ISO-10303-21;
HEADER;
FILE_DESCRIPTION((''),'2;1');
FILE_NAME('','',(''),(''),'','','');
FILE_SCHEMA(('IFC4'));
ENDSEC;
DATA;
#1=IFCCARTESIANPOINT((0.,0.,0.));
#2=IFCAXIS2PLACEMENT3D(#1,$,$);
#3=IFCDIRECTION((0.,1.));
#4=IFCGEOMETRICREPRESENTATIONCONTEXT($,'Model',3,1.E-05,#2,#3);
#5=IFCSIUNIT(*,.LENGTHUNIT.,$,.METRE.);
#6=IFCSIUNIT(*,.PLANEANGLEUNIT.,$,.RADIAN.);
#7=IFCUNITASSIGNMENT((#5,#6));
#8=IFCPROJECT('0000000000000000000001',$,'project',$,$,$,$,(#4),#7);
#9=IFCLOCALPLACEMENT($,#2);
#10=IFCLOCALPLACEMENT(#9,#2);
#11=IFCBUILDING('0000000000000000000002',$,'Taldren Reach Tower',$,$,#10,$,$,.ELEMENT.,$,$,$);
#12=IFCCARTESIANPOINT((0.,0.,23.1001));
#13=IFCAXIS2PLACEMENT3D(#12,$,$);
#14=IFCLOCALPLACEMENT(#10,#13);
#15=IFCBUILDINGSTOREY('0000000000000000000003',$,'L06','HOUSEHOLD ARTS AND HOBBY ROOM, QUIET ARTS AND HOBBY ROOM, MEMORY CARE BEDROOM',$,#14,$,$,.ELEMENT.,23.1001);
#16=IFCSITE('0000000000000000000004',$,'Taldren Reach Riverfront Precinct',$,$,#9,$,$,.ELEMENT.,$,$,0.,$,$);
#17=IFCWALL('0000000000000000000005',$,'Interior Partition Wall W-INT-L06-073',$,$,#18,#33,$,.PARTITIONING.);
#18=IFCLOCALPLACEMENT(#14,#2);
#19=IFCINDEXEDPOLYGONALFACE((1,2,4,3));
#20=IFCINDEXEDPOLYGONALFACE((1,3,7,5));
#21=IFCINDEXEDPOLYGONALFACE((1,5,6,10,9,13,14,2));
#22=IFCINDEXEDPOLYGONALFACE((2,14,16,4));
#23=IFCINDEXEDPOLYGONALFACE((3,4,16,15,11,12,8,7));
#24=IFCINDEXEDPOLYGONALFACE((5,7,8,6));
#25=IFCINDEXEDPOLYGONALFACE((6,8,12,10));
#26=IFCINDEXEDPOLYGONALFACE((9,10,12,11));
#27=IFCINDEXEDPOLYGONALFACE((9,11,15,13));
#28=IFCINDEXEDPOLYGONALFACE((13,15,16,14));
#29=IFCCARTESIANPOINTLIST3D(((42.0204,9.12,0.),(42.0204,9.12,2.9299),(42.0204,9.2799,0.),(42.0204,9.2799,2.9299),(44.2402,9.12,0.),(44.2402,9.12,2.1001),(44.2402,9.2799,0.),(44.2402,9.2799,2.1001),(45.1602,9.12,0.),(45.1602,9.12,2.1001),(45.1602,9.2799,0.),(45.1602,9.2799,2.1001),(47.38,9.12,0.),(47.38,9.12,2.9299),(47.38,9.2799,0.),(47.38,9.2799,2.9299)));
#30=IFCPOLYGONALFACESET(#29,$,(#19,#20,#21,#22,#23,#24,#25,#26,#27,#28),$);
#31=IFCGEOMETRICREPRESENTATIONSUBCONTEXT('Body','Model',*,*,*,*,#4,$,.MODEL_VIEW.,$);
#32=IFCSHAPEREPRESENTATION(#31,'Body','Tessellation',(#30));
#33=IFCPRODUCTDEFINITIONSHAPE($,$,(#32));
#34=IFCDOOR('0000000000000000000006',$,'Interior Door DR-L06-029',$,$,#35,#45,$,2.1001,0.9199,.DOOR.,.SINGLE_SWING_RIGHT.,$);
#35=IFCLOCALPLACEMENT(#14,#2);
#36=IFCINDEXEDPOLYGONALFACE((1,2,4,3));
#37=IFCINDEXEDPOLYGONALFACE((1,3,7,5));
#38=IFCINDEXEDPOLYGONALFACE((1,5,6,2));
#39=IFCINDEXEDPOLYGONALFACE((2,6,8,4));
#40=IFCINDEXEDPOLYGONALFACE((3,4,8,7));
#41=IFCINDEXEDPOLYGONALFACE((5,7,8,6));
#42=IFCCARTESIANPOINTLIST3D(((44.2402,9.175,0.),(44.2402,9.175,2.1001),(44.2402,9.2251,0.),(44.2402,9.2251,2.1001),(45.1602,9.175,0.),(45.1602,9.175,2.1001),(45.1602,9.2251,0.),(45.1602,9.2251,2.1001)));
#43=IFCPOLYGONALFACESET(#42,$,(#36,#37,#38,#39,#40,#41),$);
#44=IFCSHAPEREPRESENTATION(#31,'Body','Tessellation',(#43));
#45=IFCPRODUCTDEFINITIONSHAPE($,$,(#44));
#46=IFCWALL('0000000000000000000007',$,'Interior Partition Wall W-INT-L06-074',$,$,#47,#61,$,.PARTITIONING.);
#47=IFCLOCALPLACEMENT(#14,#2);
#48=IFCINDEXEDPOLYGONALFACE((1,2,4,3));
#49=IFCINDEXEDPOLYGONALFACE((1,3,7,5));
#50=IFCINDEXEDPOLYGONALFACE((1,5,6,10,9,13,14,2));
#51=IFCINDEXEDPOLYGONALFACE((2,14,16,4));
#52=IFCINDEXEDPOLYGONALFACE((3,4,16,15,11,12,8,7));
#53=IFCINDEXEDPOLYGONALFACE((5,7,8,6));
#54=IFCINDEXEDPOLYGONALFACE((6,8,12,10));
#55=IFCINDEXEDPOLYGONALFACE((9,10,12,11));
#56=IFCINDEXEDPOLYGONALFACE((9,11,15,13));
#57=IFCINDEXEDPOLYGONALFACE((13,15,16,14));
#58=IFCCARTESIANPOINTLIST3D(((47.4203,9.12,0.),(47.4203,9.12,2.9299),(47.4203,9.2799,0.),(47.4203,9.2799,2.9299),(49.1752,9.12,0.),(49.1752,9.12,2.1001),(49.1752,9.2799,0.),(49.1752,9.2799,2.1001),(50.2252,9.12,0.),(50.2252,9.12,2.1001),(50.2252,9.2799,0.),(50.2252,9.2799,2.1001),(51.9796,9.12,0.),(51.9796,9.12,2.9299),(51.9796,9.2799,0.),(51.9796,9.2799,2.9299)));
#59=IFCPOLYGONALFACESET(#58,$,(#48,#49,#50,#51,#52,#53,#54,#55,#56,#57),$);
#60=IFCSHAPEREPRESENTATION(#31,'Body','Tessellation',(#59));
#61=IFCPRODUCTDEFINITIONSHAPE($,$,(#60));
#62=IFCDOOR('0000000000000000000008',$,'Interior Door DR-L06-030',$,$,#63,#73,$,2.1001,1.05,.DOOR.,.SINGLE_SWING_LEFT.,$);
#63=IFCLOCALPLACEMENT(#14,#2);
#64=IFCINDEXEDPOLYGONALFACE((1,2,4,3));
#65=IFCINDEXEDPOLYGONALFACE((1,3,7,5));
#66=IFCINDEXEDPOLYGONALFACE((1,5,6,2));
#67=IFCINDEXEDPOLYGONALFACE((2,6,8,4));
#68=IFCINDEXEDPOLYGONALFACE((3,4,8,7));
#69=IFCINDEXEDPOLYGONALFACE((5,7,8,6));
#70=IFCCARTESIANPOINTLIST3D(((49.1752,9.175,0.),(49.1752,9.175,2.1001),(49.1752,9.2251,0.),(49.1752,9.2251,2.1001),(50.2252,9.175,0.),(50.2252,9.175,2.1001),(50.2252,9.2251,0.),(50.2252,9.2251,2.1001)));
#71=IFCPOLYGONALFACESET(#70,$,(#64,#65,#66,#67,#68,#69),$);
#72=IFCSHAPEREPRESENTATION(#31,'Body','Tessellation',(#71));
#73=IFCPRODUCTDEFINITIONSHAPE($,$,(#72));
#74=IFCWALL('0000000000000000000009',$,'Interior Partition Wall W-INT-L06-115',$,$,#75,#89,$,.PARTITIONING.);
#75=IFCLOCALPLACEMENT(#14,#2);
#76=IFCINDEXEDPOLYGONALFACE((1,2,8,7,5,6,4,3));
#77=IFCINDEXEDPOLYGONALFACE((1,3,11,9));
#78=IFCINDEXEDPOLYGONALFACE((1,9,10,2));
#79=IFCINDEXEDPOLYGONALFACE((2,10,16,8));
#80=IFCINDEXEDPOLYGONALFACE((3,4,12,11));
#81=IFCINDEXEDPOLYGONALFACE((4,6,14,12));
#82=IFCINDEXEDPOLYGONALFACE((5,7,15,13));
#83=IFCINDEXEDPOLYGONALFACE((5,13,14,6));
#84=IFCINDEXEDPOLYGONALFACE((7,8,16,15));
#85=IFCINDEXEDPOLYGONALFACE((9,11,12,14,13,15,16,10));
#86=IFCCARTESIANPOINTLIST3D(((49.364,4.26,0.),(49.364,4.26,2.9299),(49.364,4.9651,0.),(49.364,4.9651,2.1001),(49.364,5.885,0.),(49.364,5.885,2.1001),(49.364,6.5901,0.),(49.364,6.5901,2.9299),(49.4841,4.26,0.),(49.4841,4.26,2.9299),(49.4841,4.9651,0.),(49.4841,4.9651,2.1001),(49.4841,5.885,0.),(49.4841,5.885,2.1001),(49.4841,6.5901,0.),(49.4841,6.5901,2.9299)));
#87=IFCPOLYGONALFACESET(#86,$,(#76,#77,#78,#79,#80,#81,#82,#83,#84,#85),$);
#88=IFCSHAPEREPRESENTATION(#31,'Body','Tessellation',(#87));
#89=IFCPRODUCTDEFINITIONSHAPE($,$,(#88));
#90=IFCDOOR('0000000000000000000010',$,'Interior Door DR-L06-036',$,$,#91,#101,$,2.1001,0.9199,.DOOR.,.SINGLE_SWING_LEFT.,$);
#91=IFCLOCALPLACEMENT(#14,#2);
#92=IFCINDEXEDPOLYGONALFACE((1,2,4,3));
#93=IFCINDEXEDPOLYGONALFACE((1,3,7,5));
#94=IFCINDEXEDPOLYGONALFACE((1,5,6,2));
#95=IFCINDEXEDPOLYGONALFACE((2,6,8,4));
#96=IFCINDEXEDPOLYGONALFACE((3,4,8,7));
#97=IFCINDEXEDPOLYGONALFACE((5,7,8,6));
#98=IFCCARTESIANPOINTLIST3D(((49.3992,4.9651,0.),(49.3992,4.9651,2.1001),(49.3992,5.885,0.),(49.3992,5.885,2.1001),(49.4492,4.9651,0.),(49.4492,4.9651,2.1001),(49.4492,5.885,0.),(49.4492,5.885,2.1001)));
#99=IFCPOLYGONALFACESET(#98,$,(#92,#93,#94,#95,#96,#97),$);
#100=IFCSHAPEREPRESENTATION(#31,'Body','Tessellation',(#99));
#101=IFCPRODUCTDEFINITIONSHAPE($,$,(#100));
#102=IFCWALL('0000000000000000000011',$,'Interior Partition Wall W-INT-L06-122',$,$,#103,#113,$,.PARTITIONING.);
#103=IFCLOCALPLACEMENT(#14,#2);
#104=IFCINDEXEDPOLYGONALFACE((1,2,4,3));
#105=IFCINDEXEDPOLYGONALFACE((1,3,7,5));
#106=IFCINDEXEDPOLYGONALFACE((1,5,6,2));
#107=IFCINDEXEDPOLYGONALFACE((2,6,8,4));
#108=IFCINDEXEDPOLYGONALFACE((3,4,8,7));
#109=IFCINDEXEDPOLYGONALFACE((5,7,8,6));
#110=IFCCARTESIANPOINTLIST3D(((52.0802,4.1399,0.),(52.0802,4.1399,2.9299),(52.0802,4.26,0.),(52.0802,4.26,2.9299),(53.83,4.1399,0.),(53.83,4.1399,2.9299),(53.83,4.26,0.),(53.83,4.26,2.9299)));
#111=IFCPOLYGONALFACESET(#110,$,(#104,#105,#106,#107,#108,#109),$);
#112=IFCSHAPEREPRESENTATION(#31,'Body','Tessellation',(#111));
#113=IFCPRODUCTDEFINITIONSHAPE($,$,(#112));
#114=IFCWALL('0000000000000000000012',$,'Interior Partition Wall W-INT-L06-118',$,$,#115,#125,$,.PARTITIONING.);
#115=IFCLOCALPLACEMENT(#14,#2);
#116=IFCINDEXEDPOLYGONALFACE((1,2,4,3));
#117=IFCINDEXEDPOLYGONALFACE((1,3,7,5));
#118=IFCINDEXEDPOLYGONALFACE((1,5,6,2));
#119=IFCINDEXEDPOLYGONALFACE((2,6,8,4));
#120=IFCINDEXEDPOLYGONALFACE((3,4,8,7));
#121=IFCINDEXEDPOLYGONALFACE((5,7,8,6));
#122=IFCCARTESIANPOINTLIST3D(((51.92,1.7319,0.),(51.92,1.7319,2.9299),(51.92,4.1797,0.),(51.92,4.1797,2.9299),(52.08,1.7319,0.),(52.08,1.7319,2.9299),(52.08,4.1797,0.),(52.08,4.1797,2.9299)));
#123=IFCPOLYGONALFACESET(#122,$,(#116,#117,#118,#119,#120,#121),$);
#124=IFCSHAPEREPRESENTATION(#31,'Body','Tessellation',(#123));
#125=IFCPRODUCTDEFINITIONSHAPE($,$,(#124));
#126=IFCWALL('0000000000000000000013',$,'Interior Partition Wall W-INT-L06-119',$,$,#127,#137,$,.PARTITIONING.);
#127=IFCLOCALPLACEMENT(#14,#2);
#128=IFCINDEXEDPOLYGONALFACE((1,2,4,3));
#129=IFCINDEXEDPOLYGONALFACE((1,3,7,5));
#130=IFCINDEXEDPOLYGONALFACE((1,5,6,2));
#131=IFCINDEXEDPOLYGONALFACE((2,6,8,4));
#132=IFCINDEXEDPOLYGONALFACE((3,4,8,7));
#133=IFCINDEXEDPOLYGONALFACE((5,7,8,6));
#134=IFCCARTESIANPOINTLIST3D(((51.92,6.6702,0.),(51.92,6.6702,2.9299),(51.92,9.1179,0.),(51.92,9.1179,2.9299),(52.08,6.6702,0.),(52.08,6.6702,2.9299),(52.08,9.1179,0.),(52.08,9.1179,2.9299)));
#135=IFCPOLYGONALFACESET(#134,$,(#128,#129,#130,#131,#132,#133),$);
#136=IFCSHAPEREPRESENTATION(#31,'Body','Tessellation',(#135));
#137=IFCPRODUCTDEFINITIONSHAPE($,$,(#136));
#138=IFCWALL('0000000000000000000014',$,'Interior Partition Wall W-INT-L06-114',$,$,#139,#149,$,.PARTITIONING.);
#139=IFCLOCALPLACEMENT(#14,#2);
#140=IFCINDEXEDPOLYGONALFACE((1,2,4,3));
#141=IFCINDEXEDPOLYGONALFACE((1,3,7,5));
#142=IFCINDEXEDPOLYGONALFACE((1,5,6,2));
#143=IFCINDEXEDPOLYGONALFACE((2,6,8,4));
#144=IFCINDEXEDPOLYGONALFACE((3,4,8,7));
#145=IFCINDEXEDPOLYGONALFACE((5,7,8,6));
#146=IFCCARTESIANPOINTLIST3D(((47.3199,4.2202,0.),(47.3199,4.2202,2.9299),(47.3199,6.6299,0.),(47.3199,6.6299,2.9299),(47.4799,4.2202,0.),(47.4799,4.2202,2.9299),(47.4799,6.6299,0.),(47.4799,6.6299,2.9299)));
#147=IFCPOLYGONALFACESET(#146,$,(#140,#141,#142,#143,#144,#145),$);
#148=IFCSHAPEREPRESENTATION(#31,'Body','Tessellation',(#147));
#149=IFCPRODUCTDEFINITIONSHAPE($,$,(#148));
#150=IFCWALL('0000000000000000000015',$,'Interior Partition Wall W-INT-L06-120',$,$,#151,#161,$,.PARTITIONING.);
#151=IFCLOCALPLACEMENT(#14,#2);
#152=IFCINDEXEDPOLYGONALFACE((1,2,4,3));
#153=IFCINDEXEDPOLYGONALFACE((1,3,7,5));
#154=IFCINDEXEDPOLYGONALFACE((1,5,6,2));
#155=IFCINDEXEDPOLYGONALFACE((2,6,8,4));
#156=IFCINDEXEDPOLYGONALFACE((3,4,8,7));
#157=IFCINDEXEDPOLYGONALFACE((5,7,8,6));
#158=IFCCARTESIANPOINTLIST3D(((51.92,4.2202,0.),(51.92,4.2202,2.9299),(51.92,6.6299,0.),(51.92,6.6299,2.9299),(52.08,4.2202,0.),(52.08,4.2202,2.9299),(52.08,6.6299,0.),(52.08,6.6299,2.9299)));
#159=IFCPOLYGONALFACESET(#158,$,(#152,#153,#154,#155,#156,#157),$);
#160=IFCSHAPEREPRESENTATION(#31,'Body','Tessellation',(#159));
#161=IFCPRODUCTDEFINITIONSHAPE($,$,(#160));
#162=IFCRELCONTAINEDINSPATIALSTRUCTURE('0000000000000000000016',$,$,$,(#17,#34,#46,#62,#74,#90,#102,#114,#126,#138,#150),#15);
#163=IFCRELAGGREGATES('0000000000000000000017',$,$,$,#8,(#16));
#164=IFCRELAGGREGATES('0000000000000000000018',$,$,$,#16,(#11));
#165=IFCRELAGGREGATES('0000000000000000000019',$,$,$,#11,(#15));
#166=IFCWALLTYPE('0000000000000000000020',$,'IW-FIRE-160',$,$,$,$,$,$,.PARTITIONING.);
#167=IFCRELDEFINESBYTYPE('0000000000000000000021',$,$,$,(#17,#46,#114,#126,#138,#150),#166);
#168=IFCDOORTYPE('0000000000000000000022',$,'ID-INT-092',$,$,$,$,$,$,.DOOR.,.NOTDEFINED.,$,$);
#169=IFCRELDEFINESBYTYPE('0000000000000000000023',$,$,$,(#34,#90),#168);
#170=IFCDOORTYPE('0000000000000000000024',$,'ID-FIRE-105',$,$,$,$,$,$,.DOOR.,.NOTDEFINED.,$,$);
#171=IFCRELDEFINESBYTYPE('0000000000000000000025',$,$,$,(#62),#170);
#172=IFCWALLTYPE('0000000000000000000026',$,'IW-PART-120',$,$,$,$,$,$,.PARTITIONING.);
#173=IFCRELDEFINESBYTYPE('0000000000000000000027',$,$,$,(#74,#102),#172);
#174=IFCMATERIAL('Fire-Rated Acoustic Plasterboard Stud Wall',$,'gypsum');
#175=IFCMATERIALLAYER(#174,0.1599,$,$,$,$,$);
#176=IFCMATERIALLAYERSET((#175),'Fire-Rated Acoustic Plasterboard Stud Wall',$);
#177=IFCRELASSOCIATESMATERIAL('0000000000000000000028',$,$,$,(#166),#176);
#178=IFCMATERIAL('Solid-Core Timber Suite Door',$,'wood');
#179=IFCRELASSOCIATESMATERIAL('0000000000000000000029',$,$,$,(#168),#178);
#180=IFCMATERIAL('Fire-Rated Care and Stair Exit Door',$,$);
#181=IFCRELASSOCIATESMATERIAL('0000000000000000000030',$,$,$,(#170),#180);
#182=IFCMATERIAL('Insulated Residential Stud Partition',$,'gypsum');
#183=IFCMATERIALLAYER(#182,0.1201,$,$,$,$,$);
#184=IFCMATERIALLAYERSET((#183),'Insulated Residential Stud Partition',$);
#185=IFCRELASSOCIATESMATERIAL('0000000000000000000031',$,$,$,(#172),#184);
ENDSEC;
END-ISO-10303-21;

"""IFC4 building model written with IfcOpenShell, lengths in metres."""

from ifc_helpers import new_model, si_unit, direction, frame, frame_2d, origin, place, context, subcontext, project, spatial, rectangle, extrude, source, transform, mapped, material, layer, layer_set, type_object, element, fill, save


model = new_model("IFC4")

# Units and contexts
model_context = context("Model", 3, precision=1e-05, world=origin(), true_north=direction((0.0, 1.0)))
body_context = subcontext(model_context, "Body", "Model", "MODEL_VIEW")
ifc_project = project(units=[si_unit("LENGTHUNIT", "METRE"), si_unit("PLANEANGLEUNIT", "RADIAN")], contexts=[model_context])

# Site, building, storey
site_placement = place(None, origin())
site = spatial("IfcSite", under=ifc_project, at=site_placement, Name="Taldren Reach Riverfront Precinct", CompositionType="ELEMENT", RefElevation=0.0)
building_placement = place(site_placement, origin())
building = spatial("IfcBuilding", under=site, at=building_placement, Name="Taldren Reach Tower", CompositionType="ELEMENT")
storey_placement = place(building_placement, frame((0.0, 0.0, 23.1001)))
storey = spatial("IfcBuildingStorey", under=building, at=storey_placement, Name="L06", Description="HOUSEHOLD ARTS AND HOBBY ROOM, QUIET ARTS AND HOBBY ROOM, MEMORY CARE BEDROOM", CompositionType="ELEMENT", Elevation=23.1001)

# Shared definitions
ifc_material_1 = material(Name="Fire-Rated Acoustic Plasterboard Stud Wall", Category="gypsum")
ifc_layer_1 = layer(ifc_material_1, 0.1599)
ifc_layer_set_1 = layer_set([ifc_layer_1], Name="Fire-Rated Acoustic Plasterboard Stud Wall")
wall_type_1 = type_object("IfcWallType", Name="IW-FIRE-160", PredefinedType="PARTITIONING", material=ifc_layer_set_1)

# Walls, openings, doors
shared_shape_1 = source(origin(), body_context, "Body", "SweptSolid", [
    extrude(rectangle(XDim=5.3596, YDim=0.1599, at=frame_2d((2.6797, 0.0))), origin(), (0.0, 0.0, 1.0), 2.9299),
])
wall_1_placement = place(storey_placement, frame((47.3799, 9.2, 0.0), z_axis=(0.0, 0.0, 1.0), x_axis=(-1.0, 0.0, 0.0)))
wall_1 = element("IfcWall", 1, at=wall_1_placement, inside=storey, type_object=wall_type_1, Name="Interior Partition Wall W-INT-L06-073", PredefinedType="PARTITIONING", context=body_context, shape_type="MappedRepresentation", body=[
    mapped(shared_shape_1, transform((0.0, 0.0, 0.0), scale=1.0)),
])
shared_shape_2 = source(origin(), body_context, "Body", "SweptSolid", [
    extrude(rectangle(XDim=0.9199, YDim=2.1001, at=frame_2d((0.46, 1.05))), frame((0.0, 0.0898, 0.0), z_axis=(0.0, -1.0, 0.0), x_axis=(1.0, 0.0, 0.0)), (0.0, 0.0, 1.0), 0.1799),
])
opening_1_placement = place(wall_1_placement, frame((2.2197, 0.0, 0.0)))
opening_1 = element("IfcOpeningElement", 2, at=opening_1_placement, cuts=wall_1, PredefinedType="OPENING", context=body_context, shape_type="MappedRepresentation", body=[
    mapped(shared_shape_2, transform((0.0, 0.0, 0.0), scale=1.0)),
])
ifc_material_2 = material(Name="Solid-Core Timber Suite Door", Category="wood")
door_type_1 = type_object("IfcDoorType", Name="ID-INT-092", OperationType="NOTDEFINED", PredefinedType="DOOR", material=ifc_material_2)
shared_shape_3 = source(origin(), body_context, "Body", "SweptSolid", [
    extrude(rectangle(XDim=0.9199, YDim=2.1001, at=frame_2d((0.46, 1.05))), frame((0.0, 0.0249, 0.0), z_axis=(0.0, -1.0, 0.0), x_axis=(1.0, 0.0, 0.0)), (0.0, 0.0, 1.0), 0.05),
])
door_1_placement = place(opening_1_placement, origin())
door_1 = element("IfcDoor", 3, at=door_1_placement, inside=storey, type_object=door_type_1, Name="Interior Door DR-L06-029", OperationType="SINGLE_SWING_RIGHT", OverallHeight=2.1001, OverallWidth=0.9199, PredefinedType="DOOR", context=body_context, shape_type="MappedRepresentation", body=[
    mapped(shared_shape_3, transform((0.0, 0.0, 0.0), scale=1.0)),
])
fill(opening_1, door_1)
shared_shape_4 = source(origin(), body_context, "Body", "SweptSolid", [
    extrude(rectangle(XDim=4.5593, YDim=0.1599, at=frame_2d((2.2798, 0.0))), origin(), (0.0, 0.0, 1.0), 2.9299),
])
wall_2_placement = place(storey_placement, frame((51.9797, 9.2, 0.0), z_axis=(0.0, 0.0, 1.0), x_axis=(-1.0, 0.0, 0.0)))
wall_2 = element("IfcWall", 4, at=wall_2_placement, inside=storey, type_object=wall_type_1, Name="Interior Partition Wall W-INT-L06-074", PredefinedType="PARTITIONING", context=body_context, shape_type="MappedRepresentation", body=[
    mapped(shared_shape_4, transform((0.0, 0.0, 0.0), scale=1.0)),
])
shared_shape_5 = source(origin(), body_context, "Body", "SweptSolid", [
    extrude(rectangle(XDim=1.05, YDim=2.1001, at=frame_2d((0.5249, 1.05))), frame((0.0, 0.0898, 0.0), z_axis=(0.0, -1.0, 0.0), x_axis=(1.0, 0.0, 0.0)), (0.0, 0.0, 1.0), 0.1799),
])
opening_2_placement = place(wall_2_placement, frame((1.7546, 0.0, 0.0)))
opening_2 = element("IfcOpeningElement", 5, at=opening_2_placement, cuts=wall_2, PredefinedType="OPENING", context=body_context, shape_type="MappedRepresentation", body=[
    mapped(shared_shape_5, transform((0.0, 0.0, 0.0), scale=1.0)),
])
ifc_material_3 = material(Name="Fire-Rated Care and Stair Exit Door")
door_type_2 = type_object("IfcDoorType", Name="ID-FIRE-105", OperationType="NOTDEFINED", PredefinedType="DOOR", material=ifc_material_3)
shared_shape_6 = source(origin(), body_context, "Body", "SweptSolid", [
    extrude(rectangle(XDim=1.05, YDim=2.1001, at=frame_2d((0.5249, 1.05))), frame((0.0, 0.0249, 0.0), z_axis=(0.0, -1.0, 0.0), x_axis=(1.0, 0.0, 0.0)), (0.0, 0.0, 1.0), 0.05),
])
door_2_placement = place(opening_2_placement, origin())
door_2 = element("IfcDoor", 6, at=door_2_placement, inside=storey, type_object=door_type_2, Name="Interior Door DR-L06-030", OperationType="SINGLE_SWING_LEFT", OverallHeight=2.1001, OverallWidth=1.05, PredefinedType="DOOR", context=body_context, shape_type="MappedRepresentation", body=[
    mapped(shared_shape_6, transform((0.0, 0.0, 0.0), scale=1.0)),
])
fill(opening_2, door_2)
ifc_material_4 = material(Name="Insulated Residential Stud Partition", Category="gypsum")
ifc_layer_2 = layer(ifc_material_4, 0.1201)
ifc_layer_set_2 = layer_set([ifc_layer_2], Name="Insulated Residential Stud Partition")
wall_type_2 = type_object("IfcWallType", Name="IW-PART-120", PredefinedType="PARTITIONING", material=ifc_layer_set_2)
shared_shape_7 = source(origin(), body_context, "Body", "SweptSolid", [
    extrude(rectangle(XDim=2.3301, YDim=0.1201, at=frame_2d((1.165, 0.0))), origin(), (0.0, 0.0, 1.0), 2.9299),
])
wall_3_placement = place(storey_placement, frame((49.4241, 4.26, 0.0), z_axis=(0.0, 0.0, 1.0), x_axis=(0.0, 1.0, 0.0)))
wall_3 = element("IfcWall", 7, at=wall_3_placement, inside=storey, type_object=wall_type_2, Name="Interior Partition Wall W-INT-L06-115", PredefinedType="PARTITIONING", context=body_context, shape_type="MappedRepresentation", body=[
    mapped(shared_shape_7, transform((0.0, 0.0, 0.0), scale=1.0)),
])
shared_shape_8 = source(origin(), body_context, "Body", "SweptSolid", [
    extrude(rectangle(XDim=0.9199, YDim=2.1001, at=frame_2d((0.46, 1.05))), frame((0.0, 0.0701, 0.0), z_axis=(0.0, -1.0, 0.0), x_axis=(1.0, 0.0, 0.0)), (0.0, 0.0, 1.0), 0.1401),
])
opening_3_placement = place(wall_3_placement, frame((0.7051, 0.0, 0.0)))
opening_3 = element("IfcOpeningElement", 8, at=opening_3_placement, cuts=wall_3, PredefinedType="OPENING", context=body_context, shape_type="MappedRepresentation", body=[
    mapped(shared_shape_8, transform((0.0, 0.0, 0.0), scale=1.0)),
])
door_3_placement = place(opening_3_placement, origin())
door_3 = element("IfcDoor", 9, at=door_3_placement, inside=storey, type_object=door_type_1, Name="Interior Door DR-L06-036", OperationType="SINGLE_SWING_LEFT", OverallHeight=2.1001, OverallWidth=0.9199, PredefinedType="DOOR", context=body_context, shape_type="MappedRepresentation", body=[
    mapped(shared_shape_3, transform((0.0, 0.0, 0.0), scale=1.0)),
])
fill(opening_3, door_3)

# Walls
shared_shape_9 = source(origin(), body_context, "Body", "SweptSolid", [
    extrude(rectangle(XDim=1.7498, YDim=0.1201, at=frame_2d((0.875, 0.0))), origin(), (0.0, 0.0, 1.0), 2.9299),
])
wall_4_placement = place(storey_placement, frame((52.0801, 4.2, 0.0), z_axis=(0.0, 0.0, 1.0), x_axis=(1.0, 0.0, 0.0)))
element("IfcWall", 10, at=wall_4_placement, inside=storey, type_object=wall_type_2, Name="Interior Partition Wall W-INT-L06-122", PredefinedType="PARTITIONING", context=body_context, shape_type="MappedRepresentation", body=[
    mapped(shared_shape_9, transform((0.0, 0.0, 0.0), scale=1.0)),
])
shared_shape_10 = source(origin(), body_context, "Body", "SweptSolid", [
    extrude(rectangle(XDim=2.4478, YDim=0.1599, at=frame_2d((1.2239, 0.0))), origin(), (0.0, 0.0, 1.0), 2.9299),
])
for number, where, z_axis, x_axis, name in (
    (11, (52.0, 4.1797, 0.0), (0.0, 0.0, 1.0), (0.0, -1.0, 0.0), "Interior Partition Wall W-INT-L06-118"),
    (12, (52.0, 9.1179, 0.0), (0.0, 0.0, 1.0), (0.0, -1.0, 0.0), "Interior Partition Wall W-INT-L06-119"),
):
    element("IfcWall", number, at=place(storey_placement, frame(where, z_axis=z_axis, x_axis=x_axis)), inside=storey, type_object=wall_type_1, Name=name, PredefinedType="PARTITIONING", context=body_context, shape_type="MappedRepresentation", body=[
        mapped(shared_shape_10, transform((0.0, 0.0, 0.0), scale=1.0)),
    ])
shared_shape_11 = source(origin(), body_context, "Body", "SweptSolid", [
    extrude(rectangle(XDim=2.4097, YDim=0.1599, at=frame_2d((1.2048, 0.0))), origin(), (0.0, 0.0, 1.0), 2.9299),
])
for number, where, z_axis, x_axis, name in (
    (13, (47.3999, 6.6299, 0.0), (0.0, 0.0, 1.0), (0.0, -1.0, 0.0), "Interior Partition Wall W-INT-L06-114"),
    (14, (52.0, 6.6299, 0.0), (0.0, 0.0, 1.0), (0.0, -1.0, 0.0), "Interior Partition Wall W-INT-L06-120"),
):
    element("IfcWall", number, at=place(storey_placement, frame(where, z_axis=z_axis, x_axis=x_axis)), inside=storey, type_object=wall_type_1, Name=name, PredefinedType="PARTITIONING", context=body_context, shape_type="MappedRepresentation", body=[
        mapped(shared_shape_11, transform((0.0, 0.0, 0.0), scale=1.0)),
    ])

save(model, "model.ifc")
